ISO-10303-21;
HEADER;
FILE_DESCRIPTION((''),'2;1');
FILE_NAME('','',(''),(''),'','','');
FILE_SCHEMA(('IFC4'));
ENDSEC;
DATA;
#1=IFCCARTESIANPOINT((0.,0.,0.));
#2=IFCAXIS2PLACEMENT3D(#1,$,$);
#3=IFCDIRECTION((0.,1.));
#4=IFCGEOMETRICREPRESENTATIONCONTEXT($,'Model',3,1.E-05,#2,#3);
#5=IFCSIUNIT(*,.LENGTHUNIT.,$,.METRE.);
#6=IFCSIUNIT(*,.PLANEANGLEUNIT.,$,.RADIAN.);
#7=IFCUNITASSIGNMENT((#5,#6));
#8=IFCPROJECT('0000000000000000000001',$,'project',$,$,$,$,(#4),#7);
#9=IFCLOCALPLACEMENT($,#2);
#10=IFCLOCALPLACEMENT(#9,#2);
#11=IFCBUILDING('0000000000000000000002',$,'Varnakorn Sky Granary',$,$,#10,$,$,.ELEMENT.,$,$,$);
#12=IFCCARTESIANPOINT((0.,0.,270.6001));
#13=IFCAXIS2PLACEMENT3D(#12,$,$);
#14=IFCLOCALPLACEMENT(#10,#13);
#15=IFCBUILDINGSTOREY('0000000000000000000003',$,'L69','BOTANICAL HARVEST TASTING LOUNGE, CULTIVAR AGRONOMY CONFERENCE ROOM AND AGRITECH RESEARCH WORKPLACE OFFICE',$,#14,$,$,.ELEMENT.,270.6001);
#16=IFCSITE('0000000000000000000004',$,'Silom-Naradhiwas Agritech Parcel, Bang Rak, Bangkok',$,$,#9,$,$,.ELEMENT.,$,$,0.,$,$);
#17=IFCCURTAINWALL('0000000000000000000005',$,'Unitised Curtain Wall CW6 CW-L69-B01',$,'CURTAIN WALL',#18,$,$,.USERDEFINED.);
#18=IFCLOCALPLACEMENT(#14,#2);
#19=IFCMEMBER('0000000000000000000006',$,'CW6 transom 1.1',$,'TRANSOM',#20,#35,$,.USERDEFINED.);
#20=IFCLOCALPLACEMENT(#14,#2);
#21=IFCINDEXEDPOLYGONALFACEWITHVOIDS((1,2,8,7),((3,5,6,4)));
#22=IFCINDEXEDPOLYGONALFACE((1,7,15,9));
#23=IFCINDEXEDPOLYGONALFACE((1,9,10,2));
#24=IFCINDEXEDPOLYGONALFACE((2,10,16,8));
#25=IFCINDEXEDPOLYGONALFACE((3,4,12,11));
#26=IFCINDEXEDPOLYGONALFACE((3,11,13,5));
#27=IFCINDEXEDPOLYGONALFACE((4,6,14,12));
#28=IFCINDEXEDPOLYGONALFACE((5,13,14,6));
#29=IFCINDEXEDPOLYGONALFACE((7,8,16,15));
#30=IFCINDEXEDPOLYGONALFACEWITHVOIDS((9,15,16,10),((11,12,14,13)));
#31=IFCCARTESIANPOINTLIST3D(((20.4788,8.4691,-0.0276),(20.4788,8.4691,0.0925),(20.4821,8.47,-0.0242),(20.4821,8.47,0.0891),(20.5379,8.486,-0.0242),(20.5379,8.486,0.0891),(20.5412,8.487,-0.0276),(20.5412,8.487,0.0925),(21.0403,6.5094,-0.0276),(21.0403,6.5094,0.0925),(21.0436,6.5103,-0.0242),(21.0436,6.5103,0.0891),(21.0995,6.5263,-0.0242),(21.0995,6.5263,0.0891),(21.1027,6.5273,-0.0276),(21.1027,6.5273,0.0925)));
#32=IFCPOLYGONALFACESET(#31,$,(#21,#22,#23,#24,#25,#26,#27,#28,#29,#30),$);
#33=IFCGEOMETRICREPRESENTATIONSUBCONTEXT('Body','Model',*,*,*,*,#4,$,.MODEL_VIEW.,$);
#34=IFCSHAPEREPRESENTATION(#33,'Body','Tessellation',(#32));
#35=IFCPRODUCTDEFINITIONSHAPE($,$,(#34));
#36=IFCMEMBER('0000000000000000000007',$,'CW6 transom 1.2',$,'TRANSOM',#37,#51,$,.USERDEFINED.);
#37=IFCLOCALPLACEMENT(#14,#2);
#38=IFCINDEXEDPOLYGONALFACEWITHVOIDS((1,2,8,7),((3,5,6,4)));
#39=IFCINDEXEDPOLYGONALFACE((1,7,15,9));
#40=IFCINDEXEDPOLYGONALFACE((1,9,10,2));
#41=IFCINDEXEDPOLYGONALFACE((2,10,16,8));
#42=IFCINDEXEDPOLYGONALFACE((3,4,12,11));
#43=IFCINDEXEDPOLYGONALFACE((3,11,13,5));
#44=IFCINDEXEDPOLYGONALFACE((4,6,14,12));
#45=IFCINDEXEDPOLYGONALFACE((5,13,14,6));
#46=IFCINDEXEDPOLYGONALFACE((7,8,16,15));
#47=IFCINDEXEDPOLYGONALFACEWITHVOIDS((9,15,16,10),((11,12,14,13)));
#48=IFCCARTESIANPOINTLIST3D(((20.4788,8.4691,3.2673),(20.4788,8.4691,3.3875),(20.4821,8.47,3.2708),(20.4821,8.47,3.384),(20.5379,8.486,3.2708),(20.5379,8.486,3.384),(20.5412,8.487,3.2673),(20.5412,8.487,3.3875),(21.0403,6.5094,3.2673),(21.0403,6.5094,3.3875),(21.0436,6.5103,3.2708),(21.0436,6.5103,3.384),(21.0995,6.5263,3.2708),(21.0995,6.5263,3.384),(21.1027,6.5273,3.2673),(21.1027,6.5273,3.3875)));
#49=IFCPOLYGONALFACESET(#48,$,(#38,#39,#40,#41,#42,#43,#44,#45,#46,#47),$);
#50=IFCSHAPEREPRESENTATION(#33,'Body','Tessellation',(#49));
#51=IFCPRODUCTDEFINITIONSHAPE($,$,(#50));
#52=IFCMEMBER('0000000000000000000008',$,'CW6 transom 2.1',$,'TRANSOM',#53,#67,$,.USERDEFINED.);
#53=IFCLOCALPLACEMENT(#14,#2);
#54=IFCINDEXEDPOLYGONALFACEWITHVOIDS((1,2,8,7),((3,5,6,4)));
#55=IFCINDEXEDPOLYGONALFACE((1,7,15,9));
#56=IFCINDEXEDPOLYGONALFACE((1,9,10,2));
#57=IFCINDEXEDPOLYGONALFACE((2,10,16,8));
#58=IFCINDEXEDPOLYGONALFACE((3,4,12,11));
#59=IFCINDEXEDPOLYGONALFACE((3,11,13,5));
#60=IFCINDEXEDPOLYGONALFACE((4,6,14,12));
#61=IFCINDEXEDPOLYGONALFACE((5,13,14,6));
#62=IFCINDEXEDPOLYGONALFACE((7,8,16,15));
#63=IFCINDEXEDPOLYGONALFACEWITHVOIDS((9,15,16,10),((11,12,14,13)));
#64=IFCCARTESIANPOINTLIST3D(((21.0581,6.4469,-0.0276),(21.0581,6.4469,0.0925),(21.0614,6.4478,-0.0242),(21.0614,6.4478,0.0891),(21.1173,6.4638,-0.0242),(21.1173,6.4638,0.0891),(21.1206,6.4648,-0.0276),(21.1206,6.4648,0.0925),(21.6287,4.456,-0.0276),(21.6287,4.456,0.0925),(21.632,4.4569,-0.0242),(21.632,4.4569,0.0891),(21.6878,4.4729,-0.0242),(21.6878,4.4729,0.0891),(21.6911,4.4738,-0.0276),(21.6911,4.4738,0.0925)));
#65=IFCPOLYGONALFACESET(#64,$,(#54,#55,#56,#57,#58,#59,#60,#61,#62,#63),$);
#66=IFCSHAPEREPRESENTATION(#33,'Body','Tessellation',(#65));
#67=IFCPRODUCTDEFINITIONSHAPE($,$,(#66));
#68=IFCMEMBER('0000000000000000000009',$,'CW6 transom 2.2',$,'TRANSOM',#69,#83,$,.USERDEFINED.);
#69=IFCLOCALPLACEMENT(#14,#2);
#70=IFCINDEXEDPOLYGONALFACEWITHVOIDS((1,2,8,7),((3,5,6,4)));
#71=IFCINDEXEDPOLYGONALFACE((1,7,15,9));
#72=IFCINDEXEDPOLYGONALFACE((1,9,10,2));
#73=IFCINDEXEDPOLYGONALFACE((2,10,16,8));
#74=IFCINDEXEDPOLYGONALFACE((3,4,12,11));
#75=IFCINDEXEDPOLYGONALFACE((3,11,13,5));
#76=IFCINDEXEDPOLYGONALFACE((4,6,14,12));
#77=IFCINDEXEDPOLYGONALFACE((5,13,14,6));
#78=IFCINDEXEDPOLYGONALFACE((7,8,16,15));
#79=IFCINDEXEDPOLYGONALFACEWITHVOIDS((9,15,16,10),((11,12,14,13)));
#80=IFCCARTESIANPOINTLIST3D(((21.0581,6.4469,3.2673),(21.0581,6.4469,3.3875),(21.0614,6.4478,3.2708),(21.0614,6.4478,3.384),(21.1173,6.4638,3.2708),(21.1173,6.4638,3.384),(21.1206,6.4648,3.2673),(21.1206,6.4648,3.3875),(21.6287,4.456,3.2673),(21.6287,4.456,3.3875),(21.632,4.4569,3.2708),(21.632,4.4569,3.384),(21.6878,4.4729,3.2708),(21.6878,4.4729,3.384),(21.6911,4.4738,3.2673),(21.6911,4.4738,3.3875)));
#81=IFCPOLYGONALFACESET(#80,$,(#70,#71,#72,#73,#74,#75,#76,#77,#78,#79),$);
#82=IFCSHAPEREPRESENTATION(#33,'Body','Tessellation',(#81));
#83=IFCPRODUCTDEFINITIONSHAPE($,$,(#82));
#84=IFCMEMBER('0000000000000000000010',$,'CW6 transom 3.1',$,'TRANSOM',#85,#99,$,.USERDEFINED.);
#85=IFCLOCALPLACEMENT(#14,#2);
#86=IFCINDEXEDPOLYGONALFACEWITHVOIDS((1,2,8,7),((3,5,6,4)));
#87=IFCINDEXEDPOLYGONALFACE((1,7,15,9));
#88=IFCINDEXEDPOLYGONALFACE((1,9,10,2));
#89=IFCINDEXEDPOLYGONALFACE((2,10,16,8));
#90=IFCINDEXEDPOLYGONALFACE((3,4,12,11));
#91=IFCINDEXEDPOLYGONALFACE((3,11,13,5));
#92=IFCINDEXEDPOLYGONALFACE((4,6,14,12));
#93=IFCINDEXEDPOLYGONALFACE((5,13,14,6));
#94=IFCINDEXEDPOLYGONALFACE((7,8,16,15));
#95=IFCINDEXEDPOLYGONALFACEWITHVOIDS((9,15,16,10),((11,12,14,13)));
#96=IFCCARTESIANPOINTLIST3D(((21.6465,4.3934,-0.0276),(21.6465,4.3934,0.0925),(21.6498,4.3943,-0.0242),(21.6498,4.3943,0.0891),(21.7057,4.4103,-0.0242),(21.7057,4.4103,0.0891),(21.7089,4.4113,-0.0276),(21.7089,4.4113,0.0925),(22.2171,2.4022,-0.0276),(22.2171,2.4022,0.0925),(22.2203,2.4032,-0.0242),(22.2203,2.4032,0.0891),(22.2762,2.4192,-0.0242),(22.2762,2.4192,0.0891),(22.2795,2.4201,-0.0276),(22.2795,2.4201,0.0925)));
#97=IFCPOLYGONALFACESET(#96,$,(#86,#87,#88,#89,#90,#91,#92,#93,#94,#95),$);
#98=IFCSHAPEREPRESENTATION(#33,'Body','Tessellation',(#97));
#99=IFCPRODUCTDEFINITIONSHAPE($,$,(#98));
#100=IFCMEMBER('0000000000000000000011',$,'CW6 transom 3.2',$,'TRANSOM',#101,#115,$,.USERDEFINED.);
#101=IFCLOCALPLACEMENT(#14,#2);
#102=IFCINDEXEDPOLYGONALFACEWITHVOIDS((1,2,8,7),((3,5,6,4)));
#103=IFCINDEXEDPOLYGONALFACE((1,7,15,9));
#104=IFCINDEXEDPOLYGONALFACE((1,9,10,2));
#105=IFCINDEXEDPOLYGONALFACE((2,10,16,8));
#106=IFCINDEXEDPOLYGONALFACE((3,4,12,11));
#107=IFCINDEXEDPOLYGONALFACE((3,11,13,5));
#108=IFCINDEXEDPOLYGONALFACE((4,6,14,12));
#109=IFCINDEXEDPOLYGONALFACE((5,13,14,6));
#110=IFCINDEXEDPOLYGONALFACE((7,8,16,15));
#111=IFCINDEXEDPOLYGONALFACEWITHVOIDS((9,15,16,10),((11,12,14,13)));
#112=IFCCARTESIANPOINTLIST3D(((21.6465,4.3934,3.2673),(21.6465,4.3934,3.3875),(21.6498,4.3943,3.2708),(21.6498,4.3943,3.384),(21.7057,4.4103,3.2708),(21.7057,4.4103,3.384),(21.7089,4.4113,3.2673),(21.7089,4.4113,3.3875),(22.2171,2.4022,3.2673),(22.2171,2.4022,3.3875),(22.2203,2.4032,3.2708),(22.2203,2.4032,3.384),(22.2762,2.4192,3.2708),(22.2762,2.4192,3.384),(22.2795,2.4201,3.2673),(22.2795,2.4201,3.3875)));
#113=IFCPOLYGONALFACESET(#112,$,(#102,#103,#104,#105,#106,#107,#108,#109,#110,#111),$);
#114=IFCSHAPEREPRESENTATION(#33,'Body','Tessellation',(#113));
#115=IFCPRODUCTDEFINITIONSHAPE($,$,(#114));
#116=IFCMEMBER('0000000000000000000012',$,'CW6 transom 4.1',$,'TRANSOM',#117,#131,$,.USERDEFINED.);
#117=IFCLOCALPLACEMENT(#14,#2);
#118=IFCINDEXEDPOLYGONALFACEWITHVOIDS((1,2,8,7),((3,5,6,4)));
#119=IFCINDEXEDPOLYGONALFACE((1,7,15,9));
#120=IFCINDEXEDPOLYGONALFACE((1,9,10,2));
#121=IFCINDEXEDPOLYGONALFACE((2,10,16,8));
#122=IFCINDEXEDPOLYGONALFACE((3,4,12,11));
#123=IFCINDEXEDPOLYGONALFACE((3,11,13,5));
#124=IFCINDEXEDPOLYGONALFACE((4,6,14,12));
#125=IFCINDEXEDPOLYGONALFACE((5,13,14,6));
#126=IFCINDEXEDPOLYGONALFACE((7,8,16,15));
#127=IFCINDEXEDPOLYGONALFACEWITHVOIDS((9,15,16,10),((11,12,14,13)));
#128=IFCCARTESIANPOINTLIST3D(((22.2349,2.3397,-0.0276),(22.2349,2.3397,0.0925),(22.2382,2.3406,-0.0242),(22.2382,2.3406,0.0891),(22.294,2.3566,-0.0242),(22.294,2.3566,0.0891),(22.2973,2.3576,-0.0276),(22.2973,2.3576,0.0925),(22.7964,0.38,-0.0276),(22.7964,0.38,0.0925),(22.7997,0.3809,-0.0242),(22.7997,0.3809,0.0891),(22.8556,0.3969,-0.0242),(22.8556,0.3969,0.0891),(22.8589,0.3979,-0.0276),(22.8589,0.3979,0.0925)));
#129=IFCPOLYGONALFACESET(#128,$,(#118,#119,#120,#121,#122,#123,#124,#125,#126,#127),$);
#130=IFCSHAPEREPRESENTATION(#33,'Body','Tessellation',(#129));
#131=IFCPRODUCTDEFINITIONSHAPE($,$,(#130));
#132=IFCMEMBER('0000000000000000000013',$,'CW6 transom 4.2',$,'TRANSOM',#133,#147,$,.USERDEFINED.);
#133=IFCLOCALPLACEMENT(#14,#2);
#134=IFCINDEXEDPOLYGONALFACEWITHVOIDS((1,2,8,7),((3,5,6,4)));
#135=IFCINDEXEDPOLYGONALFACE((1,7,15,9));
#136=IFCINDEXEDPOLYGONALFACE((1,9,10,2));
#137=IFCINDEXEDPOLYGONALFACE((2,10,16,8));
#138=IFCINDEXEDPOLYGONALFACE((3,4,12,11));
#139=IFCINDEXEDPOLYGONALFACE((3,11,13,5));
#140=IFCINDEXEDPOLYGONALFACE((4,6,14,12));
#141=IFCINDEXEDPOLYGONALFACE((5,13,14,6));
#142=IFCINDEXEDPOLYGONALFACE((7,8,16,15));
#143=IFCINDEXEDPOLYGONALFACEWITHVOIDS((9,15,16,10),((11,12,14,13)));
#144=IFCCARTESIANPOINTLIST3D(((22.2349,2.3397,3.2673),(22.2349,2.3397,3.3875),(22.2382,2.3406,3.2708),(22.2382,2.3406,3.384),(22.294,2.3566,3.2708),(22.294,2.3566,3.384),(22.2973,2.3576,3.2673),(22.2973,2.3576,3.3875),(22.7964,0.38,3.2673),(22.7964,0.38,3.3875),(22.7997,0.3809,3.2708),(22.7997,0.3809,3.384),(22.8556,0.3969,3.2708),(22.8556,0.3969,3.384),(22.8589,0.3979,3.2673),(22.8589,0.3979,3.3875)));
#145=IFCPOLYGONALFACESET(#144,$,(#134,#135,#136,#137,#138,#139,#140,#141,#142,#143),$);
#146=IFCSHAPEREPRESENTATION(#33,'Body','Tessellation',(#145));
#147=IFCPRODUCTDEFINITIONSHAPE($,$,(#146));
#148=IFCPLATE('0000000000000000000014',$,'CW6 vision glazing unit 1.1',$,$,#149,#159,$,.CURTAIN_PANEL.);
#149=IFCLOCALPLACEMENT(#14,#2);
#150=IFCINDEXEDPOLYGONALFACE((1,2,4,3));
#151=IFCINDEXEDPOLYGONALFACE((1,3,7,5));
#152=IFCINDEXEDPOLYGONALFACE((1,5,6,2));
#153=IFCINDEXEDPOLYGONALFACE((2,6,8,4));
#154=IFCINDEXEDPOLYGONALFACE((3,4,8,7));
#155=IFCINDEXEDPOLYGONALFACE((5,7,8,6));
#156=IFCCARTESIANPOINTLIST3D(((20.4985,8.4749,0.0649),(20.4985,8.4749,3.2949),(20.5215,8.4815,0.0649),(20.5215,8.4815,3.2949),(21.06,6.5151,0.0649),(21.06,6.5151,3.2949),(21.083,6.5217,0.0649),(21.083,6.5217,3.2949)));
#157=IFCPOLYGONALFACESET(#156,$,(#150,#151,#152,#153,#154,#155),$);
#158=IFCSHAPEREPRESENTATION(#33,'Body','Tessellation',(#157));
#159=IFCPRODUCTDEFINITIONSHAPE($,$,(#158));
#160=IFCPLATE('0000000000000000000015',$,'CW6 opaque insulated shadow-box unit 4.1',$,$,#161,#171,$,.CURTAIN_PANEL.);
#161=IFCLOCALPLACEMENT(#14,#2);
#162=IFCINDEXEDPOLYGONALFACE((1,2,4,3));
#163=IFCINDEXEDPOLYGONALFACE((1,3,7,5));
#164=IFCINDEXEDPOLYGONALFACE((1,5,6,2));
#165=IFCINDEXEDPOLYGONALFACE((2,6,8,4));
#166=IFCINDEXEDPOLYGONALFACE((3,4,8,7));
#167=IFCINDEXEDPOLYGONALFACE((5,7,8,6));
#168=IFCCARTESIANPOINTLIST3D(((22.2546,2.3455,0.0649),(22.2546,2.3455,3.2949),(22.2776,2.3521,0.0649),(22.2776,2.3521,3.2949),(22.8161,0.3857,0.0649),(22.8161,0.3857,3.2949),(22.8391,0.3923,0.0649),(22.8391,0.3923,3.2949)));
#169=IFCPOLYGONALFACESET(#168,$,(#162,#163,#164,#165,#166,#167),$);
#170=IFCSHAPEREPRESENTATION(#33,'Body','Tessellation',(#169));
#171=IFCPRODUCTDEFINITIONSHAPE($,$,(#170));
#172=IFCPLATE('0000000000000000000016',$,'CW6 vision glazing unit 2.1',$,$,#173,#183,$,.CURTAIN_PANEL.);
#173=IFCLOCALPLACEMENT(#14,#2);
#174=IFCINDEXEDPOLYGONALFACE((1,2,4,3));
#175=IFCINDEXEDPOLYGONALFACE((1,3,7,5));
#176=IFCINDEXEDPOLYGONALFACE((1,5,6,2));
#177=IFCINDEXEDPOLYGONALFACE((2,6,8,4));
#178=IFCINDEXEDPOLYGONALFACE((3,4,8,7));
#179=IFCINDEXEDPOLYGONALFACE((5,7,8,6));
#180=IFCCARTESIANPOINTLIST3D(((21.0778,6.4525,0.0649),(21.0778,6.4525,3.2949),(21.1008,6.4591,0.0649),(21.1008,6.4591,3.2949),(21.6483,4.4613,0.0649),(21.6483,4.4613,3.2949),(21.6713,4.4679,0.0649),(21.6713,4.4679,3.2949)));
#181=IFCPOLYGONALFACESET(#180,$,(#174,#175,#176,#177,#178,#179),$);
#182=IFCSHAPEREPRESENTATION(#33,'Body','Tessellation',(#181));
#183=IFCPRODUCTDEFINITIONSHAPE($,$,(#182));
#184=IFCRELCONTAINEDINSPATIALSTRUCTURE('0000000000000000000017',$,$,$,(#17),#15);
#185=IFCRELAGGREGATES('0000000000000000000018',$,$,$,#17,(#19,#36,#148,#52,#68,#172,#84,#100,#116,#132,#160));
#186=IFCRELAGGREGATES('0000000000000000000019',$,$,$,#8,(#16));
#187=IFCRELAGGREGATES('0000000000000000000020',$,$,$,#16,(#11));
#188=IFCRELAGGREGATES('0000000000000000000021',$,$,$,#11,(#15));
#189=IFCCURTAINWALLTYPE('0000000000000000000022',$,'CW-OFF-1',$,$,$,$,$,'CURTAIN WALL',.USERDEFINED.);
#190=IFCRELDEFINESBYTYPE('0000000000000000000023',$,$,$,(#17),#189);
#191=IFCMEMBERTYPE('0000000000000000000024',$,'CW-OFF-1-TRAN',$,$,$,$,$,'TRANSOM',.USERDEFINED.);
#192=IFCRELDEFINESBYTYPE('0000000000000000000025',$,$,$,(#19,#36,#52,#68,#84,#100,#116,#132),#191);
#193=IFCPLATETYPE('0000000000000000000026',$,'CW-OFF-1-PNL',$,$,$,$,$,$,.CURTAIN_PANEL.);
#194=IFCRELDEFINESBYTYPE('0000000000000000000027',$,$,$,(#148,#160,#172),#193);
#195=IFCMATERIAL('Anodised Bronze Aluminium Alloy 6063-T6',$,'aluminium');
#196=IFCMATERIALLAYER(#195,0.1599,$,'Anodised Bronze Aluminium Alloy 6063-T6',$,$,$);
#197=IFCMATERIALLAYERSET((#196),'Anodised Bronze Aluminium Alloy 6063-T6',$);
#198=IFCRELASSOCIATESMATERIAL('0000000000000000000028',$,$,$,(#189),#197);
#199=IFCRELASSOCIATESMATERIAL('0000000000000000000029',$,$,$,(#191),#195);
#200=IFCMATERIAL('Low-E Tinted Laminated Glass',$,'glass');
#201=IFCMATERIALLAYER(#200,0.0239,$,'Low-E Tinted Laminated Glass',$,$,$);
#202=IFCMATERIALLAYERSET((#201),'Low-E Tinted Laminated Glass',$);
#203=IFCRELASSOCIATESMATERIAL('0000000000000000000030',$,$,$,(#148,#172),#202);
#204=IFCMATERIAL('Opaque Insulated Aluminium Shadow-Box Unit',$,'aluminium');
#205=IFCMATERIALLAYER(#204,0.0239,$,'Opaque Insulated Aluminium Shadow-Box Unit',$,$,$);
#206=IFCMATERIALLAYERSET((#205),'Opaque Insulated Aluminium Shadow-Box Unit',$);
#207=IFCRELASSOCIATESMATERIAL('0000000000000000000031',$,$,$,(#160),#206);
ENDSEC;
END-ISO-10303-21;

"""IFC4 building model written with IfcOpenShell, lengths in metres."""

from ifc_helpers import new_model, si_unit, direction, frame, origin, origin_2d, place, context, subcontext, project, spatial, rectangle, hollow_rectangle, extrude, source, transform, mapped, material, layer, layer_set, material_profile, profile_set, type_object, type_shapes, element, aggregate, save


model = new_model("IFC4")

# Units and contexts
model_context = context("Model", 3, precision=1e-05, world=origin(), true_north=direction((0.0, 1.0)))
body_context = subcontext(model_context, "Body", "Model", "MODEL_VIEW")
ifc_project = project(units=[si_unit("LENGTHUNIT", "METRE"), si_unit("PLANEANGLEUNIT", "RADIAN")], contexts=[model_context])

# Site, building, storey
site_placement = place(None, origin())
site = spatial("IfcSite", under=ifc_project, at=site_placement, Name="Silom-Naradhiwas Agritech Parcel, Bang Rak, Bangkok", CompositionType="ELEMENT", RefElevation=0.0)
building_placement = place(site_placement, origin())
building = spatial("IfcBuilding", under=site, at=building_placement, Name="Varnakorn Sky Granary", CompositionType="ELEMENT")
storey_placement = place(building_placement, frame((0.0, 0.0, 270.6001)))
storey = spatial("IfcBuildingStorey", under=building, at=storey_placement, Name="L69", Description="BOTANICAL HARVEST TASTING LOUNGE, CULTIVAR AGRONOMY CONFERENCE ROOM AND AGRITECH RESEARCH WORKPLACE OFFICE", CompositionType="ELEMENT", Elevation=270.6001)

# Curtain wall
ifc_material_1 = material(Name="Anodised Bronze Aluminium Alloy 6063-T6", Category="aluminium")
ifc_layer_1 = layer(ifc_material_1, 0.1599, Name="Anodised Bronze Aluminium Alloy 6063-T6")
ifc_layer_set_1 = layer_set([ifc_layer_1], Name="Anodised Bronze Aluminium Alloy 6063-T6")
curtain_wall_type = type_object("IfcCurtainWallType", Name="CW-OFF-1", ElementType="CURTAIN WALL", PredefinedType="USERDEFINED", material=ifc_layer_set_1)
curtain_wall_1_placement = place(storey_placement, origin())
curtain_wall_1 = element("IfcCurtainWall", 1, at=curtain_wall_1_placement, inside=storey, type_object=curtain_wall_type, Name="Unitised Curtain Wall CW6 CW-L69-B01", ObjectType="CURTAIN WALL", PredefinedType="USERDEFINED")

# Members
ifc_material_profile_1 = material_profile(ifc_material_1, hollow_rectangle(XDim=0.0649, YDim=0.1201, WallThickness=0.0034, at=origin_2d()), Name="ALU TRAN 65x120")
ifc_profile_set_1 = profile_set([ifc_material_profile_1], Name="Anodised Bronze Aluminium Alloy 6063-T6")
member_type_1 = type_object("IfcMemberType", Name="CW-OFF-1-TRAN", ElementType="TRANSOM", PredefinedType="USERDEFINED", material=ifc_profile_set_1)
member_1_placement = place(storey_placement, frame((20.51, 8.478, 0.0325), z_axis=(0.275449, -0.961316, 0.0), x_axis=(0.961316, 0.275449, 0.0)))
member_1 = element("IfcMember", 2, at=member_1_placement, type_object=member_type_1, Name="CW6 transom 1.1", ObjectType="TRANSOM", PredefinedType="USERDEFINED", context=body_context, shape_type="SweptSolid", body=[
    extrude(hollow_rectangle(XDim=0.0649, YDim=0.1201, WallThickness=0.0034, at=origin_2d()), origin(), (0.0, 0.0, 1.0), 2.0386),
])
member_2_placement = place(storey_placement, frame((20.51, 8.478, 3.3274), z_axis=(0.275449, -0.961316, 0.0), x_axis=(0.961316, 0.275449, 0.0)))
member_2 = element("IfcMember", 3, at=member_2_placement, type_object=member_type_1, Name="CW6 transom 1.2", ObjectType="TRANSOM", PredefinedType="USERDEFINED", context=body_context, shape_type="SweptSolid", body=[
    extrude(hollow_rectangle(XDim=0.0649, YDim=0.1201, WallThickness=0.0034, at=origin_2d()), origin(), (0.0, 0.0, 1.0), 2.0386),
])
member_3_placement = place(storey_placement, frame((21.0894, 6.4558, 0.0325), z_axis=(0.275484, -0.961306, 0.0), x_axis=(0.961306, 0.275484, 0.0)))
member_3 = element("IfcMember", 4, at=member_3_placement, type_object=member_type_1, Name="CW6 transom 2.1", ObjectType="TRANSOM", PredefinedType="USERDEFINED", context=body_context, shape_type="SweptSolid", body=[
    extrude(hollow_rectangle(XDim=0.0649, YDim=0.1201, WallThickness=0.0034, at=origin_2d()), origin(), (0.0, 0.0, 1.0), 2.071),
])
member_4_placement = place(storey_placement, frame((21.0894, 6.4558, 3.3274), z_axis=(0.275484, -0.961306, 0.0), x_axis=(0.961306, 0.275484, 0.0)))
member_4 = element("IfcMember", 5, at=member_4_placement, type_object=member_type_1, Name="CW6 transom 2.2", ObjectType="TRANSOM", PredefinedType="USERDEFINED", context=body_context, shape_type="SweptSolid", body=[
    extrude(hollow_rectangle(XDim=0.0649, YDim=0.1201, WallThickness=0.0034, at=origin_2d()), origin(), (0.0, 0.0, 1.0), 2.071),
])
member_5_placement = place(storey_placement, frame((21.6777, 4.4023, 0.0325), z_axis=(0.275453, -0.961315, 0.0), x_axis=(0.961315, 0.275453, 0.0)))
member_5 = element("IfcMember", 6, at=member_5_placement, type_object=member_type_1, Name="CW6 transom 3.1", ObjectType="TRANSOM", PredefinedType="USERDEFINED", context=body_context, shape_type="SweptSolid", body=[
    extrude(hollow_rectangle(XDim=0.0649, YDim=0.1201, WallThickness=0.0034, at=origin_2d()), origin(), (0.0, 0.0, 1.0), 2.0713),
])
member_6_placement = place(storey_placement, frame((21.6777, 4.4023, 3.3274), z_axis=(0.275453, -0.961315, 0.0), x_axis=(0.961315, 0.275453, 0.0)))
member_6 = element("IfcMember", 7, at=member_6_placement, type_object=member_type_1, Name="CW6 transom 3.2", ObjectType="TRANSOM", PredefinedType="USERDEFINED", context=body_context, shape_type="SweptSolid", body=[
    extrude(hollow_rectangle(XDim=0.0649, YDim=0.1201, WallThickness=0.0034, at=origin_2d()), origin(), (0.0, 0.0, 1.0), 2.0713),
])
member_7_placement = place(storey_placement, frame((22.2661, 2.3486, 0.0325), z_axis=(0.275449, -0.961316, 0.0), x_axis=(0.961316, 0.275449, 0.0)))
member_7 = element("IfcMember", 8, at=member_7_placement, type_object=member_type_1, Name="CW6 transom 4.1", ObjectType="TRANSOM", PredefinedType="USERDEFINED", context=body_context, shape_type="SweptSolid", body=[
    extrude(hollow_rectangle(XDim=0.0649, YDim=0.1201, WallThickness=0.0034, at=origin_2d()), origin(), (0.0, 0.0, 1.0), 2.0386),
])
member_8_placement = place(storey_placement, frame((22.2661, 2.3486, 3.3274), z_axis=(0.275449, -0.961316, 0.0), x_axis=(0.961316, 0.275449, 0.0)))
member_8 = element("IfcMember", 9, at=member_8_placement, type_object=member_type_1, Name="CW6 transom 4.2", ObjectType="TRANSOM", PredefinedType="USERDEFINED", context=body_context, shape_type="SweptSolid", body=[
    extrude(hollow_rectangle(XDim=0.0649, YDim=0.1201, WallThickness=0.0034, at=origin_2d()), origin(), (0.0, 0.0, 1.0), 2.0386),
])

# Plates
ifc_material_2 = material(Name="Low-E Tinted Laminated Glass", Category="glass")
ifc_layer_2 = layer(ifc_material_2, 0.0239, Name="Low-E Tinted Laminated Glass")
ifc_layer_set_2 = layer_set([ifc_layer_2], Name="Low-E Tinted Laminated Glass")
plate_type = type_object("IfcPlateType", Name="CW-OFF-1-PNL", PredefinedType="CURTAIN_PANEL")
shared_shape_1 = source(origin(), body_context, "Body", "SweptSolid", [
    extrude(rectangle(XDim=2.0386, YDim=0.0239, at=origin_2d()), origin(), (0.0, 0.0, 1.0), 3.23),
])
plate_1_placement = place(storey_placement, frame((20.7908, 7.4983, 0.0649), z_axis=(0.0, 0.0, 1.0), x_axis=(0.275423, -0.961323, 0.0)))
plate_1 = element("IfcPlate", 10, at=plate_1_placement, type_object=plate_type, material=ifc_layer_set_2, Name="CW6 vision glazing unit 1.1", PredefinedType="CURTAIN_PANEL", context=body_context, shape_type="MappedRepresentation", body=[
    mapped(shared_shape_1, transform((0.0, 0.0, 0.0), x_axis=(1.0, 0.0, 0.0), y_axis=(0.0, 1.0, 0.0), z_axis=(0.0, 0.0, 1.0), scale=1.0)),
])
ifc_material_3 = material(Name="Opaque Insulated Aluminium Shadow-Box Unit", Category="aluminium")
ifc_layer_3 = layer(ifc_material_3, 0.0239, Name="Opaque Insulated Aluminium Shadow-Box Unit")
ifc_layer_set_3 = layer_set([ifc_layer_3], Name="Opaque Insulated Aluminium Shadow-Box Unit")
plate_2_placement = place(storey_placement, frame((22.5469, 1.3689, 0.0649), z_axis=(0.0, 0.0, 1.0), x_axis=(0.275423, -0.961323, 0.0)))
plate_2 = element("IfcPlate", 11, at=plate_2_placement, type_object=plate_type, material=ifc_layer_set_3, Name="CW6 opaque insulated shadow-box unit 4.1", PredefinedType="CURTAIN_PANEL", context=body_context, shape_type="MappedRepresentation", body=[
    mapped(shared_shape_1, transform((0.0, 0.0, 0.0), x_axis=(1.0, 0.0, 0.0), y_axis=(0.0, 1.0, 0.0), z_axis=(0.0, 0.0, 1.0), scale=1.0)),
])
shared_shape_2 = source(origin(), body_context, "Body", "SweptSolid", [
    extrude(rectangle(XDim=2.0713, YDim=0.0239, at=origin_2d()), origin(), (0.0, 0.0, 1.0), 3.23),
])
type_shapes(plate_type, [shared_shape_1, shared_shape_2])
plate_3_placement = place(storey_placement, frame((21.3745, 5.4602, 0.0649), z_axis=(0.0, 0.0, 1.0), x_axis=(0.275423, -0.961323, 0.0)))
plate_3 = element("IfcPlate", 12, at=plate_3_placement, type_object=plate_type, material=ifc_layer_set_2, Name="CW6 vision glazing unit 2.1", PredefinedType="CURTAIN_PANEL", context=body_context, shape_type="MappedRepresentation", body=[
    mapped(shared_shape_2, transform((0.0, 0.0, 0.0), x_axis=(1.0, 0.0, 0.0), y_axis=(0.0, 1.0, 0.0), z_axis=(0.0, 0.0, 1.0), scale=1.0)),
])
aggregate(curtain_wall_1, [member_1, member_2, plate_1, member_3, member_4, plate_3, member_5, member_6, member_7, member_8, plate_2])

save(model, "model.ifc")
